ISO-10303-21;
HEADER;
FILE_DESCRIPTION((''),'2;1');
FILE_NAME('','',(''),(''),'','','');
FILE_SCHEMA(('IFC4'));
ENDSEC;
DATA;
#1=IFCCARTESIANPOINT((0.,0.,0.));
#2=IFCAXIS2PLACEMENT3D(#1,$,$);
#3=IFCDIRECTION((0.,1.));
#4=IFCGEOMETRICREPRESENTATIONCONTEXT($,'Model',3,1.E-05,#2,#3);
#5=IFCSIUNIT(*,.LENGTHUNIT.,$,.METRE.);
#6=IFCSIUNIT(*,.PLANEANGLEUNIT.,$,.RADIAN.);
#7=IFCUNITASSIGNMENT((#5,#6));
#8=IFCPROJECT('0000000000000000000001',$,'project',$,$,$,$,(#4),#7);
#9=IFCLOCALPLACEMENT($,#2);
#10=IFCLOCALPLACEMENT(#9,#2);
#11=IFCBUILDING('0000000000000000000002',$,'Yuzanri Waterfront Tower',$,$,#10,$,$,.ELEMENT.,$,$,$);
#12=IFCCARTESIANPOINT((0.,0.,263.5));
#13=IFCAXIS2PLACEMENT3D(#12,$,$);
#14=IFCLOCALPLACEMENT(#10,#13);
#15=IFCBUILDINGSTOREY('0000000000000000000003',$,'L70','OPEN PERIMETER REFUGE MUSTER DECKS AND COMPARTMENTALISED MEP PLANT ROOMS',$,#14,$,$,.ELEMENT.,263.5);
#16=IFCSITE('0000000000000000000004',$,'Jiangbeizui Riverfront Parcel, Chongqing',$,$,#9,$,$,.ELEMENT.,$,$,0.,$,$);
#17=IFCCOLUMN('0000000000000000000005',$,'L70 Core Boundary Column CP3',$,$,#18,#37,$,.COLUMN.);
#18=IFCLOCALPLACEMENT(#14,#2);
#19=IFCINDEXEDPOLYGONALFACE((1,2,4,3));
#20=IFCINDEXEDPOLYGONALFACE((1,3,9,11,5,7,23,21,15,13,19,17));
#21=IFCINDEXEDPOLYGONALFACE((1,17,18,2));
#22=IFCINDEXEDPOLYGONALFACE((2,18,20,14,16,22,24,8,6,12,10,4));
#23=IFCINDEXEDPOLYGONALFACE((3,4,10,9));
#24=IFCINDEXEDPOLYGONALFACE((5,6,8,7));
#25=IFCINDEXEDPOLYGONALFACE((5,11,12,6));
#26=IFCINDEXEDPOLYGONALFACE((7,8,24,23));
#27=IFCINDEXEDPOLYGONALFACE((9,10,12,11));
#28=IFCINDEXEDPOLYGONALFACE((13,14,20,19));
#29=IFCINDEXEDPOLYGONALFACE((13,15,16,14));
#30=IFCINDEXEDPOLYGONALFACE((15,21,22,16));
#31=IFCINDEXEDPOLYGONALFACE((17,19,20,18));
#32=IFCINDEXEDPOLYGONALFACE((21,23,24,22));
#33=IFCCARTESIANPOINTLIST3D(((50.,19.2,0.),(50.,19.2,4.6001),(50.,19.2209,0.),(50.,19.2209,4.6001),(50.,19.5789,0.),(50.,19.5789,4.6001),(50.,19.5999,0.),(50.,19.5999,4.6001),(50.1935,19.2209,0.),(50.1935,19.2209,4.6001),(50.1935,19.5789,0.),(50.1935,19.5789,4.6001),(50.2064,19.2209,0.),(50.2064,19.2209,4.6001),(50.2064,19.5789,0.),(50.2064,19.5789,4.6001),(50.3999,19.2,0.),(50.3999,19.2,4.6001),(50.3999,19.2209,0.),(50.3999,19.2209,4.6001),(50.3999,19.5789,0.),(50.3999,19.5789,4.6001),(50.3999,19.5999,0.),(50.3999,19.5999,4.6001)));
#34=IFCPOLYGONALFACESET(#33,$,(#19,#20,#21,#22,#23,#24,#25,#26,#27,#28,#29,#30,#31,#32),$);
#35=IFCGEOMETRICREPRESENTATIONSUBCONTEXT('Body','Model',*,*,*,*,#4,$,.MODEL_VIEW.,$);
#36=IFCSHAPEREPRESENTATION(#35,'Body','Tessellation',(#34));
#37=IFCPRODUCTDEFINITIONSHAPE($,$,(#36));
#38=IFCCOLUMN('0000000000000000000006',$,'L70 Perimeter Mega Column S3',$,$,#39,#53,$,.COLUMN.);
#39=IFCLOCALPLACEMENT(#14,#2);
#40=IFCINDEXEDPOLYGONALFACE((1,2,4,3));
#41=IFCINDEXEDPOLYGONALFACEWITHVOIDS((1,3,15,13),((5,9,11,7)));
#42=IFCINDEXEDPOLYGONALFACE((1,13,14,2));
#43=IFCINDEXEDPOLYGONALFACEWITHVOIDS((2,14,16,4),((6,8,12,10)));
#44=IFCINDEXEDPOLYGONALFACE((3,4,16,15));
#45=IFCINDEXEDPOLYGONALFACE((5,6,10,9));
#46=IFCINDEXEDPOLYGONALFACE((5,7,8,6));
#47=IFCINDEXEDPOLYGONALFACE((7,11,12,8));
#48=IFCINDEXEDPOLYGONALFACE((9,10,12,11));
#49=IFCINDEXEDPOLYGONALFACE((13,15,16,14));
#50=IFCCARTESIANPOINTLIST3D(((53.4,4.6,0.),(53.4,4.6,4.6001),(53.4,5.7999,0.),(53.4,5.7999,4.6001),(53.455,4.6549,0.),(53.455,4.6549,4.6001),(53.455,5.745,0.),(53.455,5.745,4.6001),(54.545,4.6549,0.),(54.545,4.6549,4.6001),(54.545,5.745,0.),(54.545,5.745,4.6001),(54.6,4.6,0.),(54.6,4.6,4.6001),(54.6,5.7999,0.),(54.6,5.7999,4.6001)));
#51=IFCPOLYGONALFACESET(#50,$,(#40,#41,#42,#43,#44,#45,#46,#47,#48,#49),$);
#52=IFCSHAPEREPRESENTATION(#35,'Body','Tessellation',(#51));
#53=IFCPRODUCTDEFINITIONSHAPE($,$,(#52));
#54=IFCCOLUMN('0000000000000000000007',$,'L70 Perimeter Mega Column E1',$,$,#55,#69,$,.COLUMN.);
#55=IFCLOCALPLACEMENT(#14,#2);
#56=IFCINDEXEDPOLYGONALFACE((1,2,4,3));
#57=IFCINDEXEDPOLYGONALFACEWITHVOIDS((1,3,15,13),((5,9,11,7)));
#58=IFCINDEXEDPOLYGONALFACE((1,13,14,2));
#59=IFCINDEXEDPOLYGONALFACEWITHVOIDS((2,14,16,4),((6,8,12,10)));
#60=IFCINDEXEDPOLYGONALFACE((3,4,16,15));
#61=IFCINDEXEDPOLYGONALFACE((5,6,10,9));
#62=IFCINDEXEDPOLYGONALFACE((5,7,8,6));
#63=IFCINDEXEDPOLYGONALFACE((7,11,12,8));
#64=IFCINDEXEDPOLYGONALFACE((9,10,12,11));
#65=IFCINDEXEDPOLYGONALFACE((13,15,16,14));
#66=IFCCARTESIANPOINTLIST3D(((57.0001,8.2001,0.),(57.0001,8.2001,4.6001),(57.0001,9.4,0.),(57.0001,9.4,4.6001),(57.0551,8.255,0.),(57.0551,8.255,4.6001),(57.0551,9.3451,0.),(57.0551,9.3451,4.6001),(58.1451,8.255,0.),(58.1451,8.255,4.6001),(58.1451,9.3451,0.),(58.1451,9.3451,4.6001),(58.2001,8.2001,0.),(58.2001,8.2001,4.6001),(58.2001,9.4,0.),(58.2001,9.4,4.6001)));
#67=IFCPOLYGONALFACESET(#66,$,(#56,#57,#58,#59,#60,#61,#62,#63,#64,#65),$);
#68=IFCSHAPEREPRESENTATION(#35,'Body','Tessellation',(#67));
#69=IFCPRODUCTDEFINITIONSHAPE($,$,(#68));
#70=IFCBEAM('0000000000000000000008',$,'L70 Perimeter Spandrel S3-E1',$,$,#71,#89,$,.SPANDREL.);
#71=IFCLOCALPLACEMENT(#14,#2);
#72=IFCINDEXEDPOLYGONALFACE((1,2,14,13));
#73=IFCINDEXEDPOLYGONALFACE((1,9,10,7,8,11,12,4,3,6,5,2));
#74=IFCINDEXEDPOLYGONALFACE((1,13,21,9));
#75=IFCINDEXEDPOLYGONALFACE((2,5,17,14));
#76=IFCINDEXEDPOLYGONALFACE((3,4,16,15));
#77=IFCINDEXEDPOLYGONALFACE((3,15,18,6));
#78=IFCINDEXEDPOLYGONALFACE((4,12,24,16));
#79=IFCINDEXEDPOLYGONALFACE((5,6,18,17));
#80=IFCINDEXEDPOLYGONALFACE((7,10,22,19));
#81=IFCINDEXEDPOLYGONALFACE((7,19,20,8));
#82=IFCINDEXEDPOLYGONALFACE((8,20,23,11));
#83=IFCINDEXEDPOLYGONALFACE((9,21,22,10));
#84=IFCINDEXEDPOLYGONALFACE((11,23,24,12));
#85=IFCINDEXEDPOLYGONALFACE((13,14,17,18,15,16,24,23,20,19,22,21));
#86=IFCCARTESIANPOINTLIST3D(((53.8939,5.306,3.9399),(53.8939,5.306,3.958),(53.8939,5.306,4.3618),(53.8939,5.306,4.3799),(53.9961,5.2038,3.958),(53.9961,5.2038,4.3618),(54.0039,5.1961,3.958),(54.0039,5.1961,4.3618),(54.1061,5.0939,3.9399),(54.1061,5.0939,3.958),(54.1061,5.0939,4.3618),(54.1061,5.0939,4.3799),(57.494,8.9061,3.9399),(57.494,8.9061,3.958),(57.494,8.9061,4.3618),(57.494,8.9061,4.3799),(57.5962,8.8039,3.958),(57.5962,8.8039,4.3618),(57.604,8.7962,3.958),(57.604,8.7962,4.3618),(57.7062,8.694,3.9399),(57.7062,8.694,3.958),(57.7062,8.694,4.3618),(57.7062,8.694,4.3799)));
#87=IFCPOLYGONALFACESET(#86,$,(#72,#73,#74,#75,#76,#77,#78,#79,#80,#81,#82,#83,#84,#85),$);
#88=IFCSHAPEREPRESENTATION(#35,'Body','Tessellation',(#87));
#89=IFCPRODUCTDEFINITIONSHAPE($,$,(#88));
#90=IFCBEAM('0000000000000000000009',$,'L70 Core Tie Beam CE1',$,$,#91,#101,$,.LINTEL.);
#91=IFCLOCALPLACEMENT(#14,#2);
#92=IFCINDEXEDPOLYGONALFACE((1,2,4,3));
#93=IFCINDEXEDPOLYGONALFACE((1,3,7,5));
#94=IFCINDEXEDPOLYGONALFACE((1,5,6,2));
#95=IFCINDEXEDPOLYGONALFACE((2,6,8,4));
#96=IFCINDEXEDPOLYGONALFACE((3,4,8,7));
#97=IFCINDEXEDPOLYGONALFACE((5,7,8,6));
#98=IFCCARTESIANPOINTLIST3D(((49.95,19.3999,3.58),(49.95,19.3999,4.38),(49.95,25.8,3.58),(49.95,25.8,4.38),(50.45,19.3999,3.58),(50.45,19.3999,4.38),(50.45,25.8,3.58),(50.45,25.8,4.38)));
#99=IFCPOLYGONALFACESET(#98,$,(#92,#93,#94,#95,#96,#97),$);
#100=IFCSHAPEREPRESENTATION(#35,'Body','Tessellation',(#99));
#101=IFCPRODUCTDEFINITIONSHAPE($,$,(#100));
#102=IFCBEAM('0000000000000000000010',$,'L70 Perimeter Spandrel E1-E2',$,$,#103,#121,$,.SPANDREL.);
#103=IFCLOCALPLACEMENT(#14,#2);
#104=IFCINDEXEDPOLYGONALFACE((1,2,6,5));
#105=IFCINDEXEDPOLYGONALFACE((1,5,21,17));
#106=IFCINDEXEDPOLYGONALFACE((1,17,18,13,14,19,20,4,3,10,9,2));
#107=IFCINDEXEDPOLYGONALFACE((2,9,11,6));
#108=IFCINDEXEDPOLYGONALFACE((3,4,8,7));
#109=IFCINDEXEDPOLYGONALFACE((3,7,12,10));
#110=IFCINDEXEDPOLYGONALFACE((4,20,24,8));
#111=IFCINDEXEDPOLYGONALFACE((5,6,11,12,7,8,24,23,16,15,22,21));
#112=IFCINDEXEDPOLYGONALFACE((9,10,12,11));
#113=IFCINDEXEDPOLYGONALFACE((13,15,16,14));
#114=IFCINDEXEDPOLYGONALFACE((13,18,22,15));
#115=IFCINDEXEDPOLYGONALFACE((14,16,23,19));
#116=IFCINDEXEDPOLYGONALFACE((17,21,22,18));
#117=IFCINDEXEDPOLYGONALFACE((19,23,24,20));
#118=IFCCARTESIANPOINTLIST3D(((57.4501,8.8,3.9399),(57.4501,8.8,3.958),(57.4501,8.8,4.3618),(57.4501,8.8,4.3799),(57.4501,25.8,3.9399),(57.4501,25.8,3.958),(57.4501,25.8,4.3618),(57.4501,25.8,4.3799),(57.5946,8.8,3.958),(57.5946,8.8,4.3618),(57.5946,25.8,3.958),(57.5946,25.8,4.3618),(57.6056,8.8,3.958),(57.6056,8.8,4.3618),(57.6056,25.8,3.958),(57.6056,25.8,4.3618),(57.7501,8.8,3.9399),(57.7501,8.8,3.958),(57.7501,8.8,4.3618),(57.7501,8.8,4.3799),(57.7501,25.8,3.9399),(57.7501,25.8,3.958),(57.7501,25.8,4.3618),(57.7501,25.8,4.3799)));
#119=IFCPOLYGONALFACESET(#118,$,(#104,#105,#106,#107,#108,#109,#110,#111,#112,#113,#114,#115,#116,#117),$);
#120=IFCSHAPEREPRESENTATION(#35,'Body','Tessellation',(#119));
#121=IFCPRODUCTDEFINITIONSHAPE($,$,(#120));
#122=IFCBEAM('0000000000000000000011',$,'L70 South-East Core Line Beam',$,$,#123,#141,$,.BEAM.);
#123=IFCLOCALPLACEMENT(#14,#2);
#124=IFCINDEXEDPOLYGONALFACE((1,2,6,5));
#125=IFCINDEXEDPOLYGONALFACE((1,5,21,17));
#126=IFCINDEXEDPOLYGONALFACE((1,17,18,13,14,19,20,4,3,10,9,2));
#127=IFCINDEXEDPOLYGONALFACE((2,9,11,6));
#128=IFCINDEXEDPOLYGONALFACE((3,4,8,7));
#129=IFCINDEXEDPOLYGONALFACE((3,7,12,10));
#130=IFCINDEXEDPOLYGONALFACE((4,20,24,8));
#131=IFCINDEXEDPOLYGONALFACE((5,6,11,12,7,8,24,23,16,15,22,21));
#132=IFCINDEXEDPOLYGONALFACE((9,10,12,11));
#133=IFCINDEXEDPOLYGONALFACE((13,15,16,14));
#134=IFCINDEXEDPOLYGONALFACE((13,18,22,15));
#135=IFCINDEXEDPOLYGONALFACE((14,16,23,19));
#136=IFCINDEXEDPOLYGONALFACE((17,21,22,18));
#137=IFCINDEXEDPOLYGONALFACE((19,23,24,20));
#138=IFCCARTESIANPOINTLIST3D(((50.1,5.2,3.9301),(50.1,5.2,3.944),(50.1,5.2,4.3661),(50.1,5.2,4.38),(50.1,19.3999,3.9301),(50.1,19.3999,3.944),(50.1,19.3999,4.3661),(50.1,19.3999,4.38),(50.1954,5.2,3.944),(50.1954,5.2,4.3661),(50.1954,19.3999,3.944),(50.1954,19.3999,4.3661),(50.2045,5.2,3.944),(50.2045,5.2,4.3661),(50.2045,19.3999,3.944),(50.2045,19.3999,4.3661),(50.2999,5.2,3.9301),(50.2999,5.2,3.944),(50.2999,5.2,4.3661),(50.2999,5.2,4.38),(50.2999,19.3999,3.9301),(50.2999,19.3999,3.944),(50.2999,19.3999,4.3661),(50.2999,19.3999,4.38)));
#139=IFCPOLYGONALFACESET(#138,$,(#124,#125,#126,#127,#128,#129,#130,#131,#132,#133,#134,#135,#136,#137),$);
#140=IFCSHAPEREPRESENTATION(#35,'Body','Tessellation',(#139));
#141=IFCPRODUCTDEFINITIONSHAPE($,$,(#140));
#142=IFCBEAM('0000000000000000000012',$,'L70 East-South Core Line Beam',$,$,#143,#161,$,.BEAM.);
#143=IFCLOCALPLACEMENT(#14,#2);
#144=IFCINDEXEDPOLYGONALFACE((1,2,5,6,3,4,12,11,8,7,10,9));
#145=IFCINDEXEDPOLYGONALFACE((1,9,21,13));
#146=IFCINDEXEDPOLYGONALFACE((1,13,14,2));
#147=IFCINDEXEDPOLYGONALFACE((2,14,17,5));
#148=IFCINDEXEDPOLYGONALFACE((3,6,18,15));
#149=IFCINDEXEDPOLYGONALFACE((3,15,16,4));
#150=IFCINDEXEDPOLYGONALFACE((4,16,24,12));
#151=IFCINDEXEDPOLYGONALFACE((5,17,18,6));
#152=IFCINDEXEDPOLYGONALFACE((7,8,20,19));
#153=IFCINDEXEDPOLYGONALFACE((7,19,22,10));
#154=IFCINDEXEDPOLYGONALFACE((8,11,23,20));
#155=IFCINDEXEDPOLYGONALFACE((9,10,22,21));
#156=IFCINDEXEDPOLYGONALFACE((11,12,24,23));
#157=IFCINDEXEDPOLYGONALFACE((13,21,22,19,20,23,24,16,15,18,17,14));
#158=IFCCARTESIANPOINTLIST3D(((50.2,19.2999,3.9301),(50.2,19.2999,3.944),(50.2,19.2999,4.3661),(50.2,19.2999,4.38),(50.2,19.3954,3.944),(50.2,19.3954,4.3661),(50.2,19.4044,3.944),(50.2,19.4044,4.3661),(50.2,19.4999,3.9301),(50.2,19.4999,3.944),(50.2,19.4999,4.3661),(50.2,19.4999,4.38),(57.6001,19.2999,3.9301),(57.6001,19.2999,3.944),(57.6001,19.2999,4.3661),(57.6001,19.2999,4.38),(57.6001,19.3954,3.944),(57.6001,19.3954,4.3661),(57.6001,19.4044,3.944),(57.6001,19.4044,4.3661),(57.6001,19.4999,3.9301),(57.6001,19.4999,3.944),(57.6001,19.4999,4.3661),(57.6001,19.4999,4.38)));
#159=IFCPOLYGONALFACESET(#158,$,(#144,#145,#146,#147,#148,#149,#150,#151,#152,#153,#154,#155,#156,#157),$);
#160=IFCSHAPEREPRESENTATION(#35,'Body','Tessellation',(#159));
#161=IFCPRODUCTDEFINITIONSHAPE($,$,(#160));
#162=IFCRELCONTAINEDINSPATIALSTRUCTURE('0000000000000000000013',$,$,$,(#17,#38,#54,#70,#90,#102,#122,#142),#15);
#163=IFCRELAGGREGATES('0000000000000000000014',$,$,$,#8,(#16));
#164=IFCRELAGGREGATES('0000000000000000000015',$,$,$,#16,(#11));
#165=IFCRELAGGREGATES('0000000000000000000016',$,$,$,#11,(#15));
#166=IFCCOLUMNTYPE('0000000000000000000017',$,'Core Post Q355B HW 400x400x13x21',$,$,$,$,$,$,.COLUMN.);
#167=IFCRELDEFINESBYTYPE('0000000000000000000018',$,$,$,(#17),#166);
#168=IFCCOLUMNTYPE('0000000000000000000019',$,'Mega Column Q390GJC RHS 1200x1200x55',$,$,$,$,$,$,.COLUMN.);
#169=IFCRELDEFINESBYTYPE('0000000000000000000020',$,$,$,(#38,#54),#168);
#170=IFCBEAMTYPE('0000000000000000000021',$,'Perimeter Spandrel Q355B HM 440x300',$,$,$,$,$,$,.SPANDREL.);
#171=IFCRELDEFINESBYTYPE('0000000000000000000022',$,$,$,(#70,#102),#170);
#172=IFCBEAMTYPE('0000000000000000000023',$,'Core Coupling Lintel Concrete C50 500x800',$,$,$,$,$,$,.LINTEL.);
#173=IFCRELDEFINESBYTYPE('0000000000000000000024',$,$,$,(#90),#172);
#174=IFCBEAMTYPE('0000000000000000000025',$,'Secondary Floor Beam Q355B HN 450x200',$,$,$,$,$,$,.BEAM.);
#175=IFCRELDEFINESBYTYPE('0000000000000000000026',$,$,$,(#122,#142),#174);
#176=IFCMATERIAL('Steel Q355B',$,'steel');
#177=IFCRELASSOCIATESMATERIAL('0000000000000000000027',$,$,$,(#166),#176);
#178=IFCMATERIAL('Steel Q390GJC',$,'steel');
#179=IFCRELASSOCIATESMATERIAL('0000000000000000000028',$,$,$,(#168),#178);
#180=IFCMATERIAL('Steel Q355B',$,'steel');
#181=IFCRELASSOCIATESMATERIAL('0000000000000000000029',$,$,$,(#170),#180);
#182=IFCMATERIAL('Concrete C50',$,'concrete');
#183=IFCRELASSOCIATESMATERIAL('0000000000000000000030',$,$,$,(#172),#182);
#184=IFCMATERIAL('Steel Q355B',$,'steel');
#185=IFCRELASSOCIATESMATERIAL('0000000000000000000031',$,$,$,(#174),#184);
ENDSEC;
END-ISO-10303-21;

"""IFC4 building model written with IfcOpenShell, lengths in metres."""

from ifc_helpers import new_model, si_unit, direction, frame, origin, origin_2d, place, context, subcontext, project, spatial, rectangle, hollow_rectangle, i_section, extrude, source, transform, mapped, material, material_profile, profile_set, type_object, element, save


model = new_model("IFC4")

# Units and contexts
model_context = context("Model", 3, precision=1e-05, world=origin(), true_north=direction((0.0, 1.0)))
body_context = subcontext(model_context, "Body", "Model", "MODEL_VIEW")
ifc_project = project(units=[si_unit("LENGTHUNIT", "METRE"), si_unit("PLANEANGLEUNIT", "RADIAN")], contexts=[model_context])

# Site, building, storey
site_placement = place(None, origin())
site = spatial("IfcSite", under=ifc_project, at=site_placement, Name="Jiangbeizui Riverfront Parcel, Chongqing", CompositionType="ELEMENT", RefElevation=0.0)
building_placement = place(site_placement, origin())
building = spatial("IfcBuilding", under=site, at=building_placement, Name="Yuzanri Waterfront Tower", CompositionType="ELEMENT")
storey_placement = place(building_placement, frame((0.0, 0.0, 263.5)))
storey = spatial("IfcBuildingStorey", under=building, at=storey_placement, Name="L70", Description="OPEN PERIMETER REFUGE MUSTER DECKS AND COMPARTMENTALISED MEP PLANT ROOMS", CompositionType="ELEMENT", Elevation=263.5)

# Columns
ifc_material_1 = material(Name="Steel Q355B", Category="steel")
ifc_material_profile_1 = material_profile(ifc_material_1, i_section(OverallWidth=0.3999, OverallDepth=0.3999, WebThickness=0.0129, FlangeThickness=0.021, at=origin_2d()), Name="HW 400x400x13x21")
ifc_profile_set_1 = profile_set([ifc_material_profile_1], Name="Steel Q355B")
column_type_1 = type_object("IfcColumnType", Name="Core Post Q355B HW 400x400x13x21", PredefinedType="COLUMN", material=ifc_profile_set_1)
shared_shape_1 = source(origin(), body_context, "Body", "SweptSolid", [
    extrude(i_section(OverallWidth=0.3999, OverallDepth=0.3999, WebThickness=0.0129, FlangeThickness=0.021, at=origin_2d()), origin(), (0.0, 0.0, 1.0), 4.6001),
])
column_placement = place(storey_placement, frame((50.2, 19.3999, 0.0), z_axis=(0.0, 0.0, 1.0), x_axis=(1.0, 0.0, 0.0)))
element("IfcColumn", 1, at=column_placement, inside=storey, type_object=column_type_1, Name="L70 Core Boundary Column CP3", PredefinedType="COLUMN", context=body_context, shape_type="MappedRepresentation", body=[
    mapped(shared_shape_1, transform((0.0, 0.0, 0.0), scale=1.0)),
])
ifc_material_2 = material(Name="Steel Q390GJC", Category="steel")
ifc_material_profile_2 = material_profile(ifc_material_2, hollow_rectangle(XDim=1.2, YDim=1.2, WallThickness=0.0549, at=origin_2d()), Name="RHS 1200x1200x55")
ifc_profile_set_2 = profile_set([ifc_material_profile_2], Name="Steel Q390GJC")
column_type_2 = type_object("IfcColumnType", Name="Mega Column Q390GJC RHS 1200x1200x55", PredefinedType="COLUMN", material=ifc_profile_set_2)
shared_shape_2 = source(origin(), body_context, "Body", "SweptSolid", [
    extrude(hollow_rectangle(XDim=1.2, YDim=1.2, WallThickness=0.0549, at=origin_2d()), origin(), (0.0, 0.0, 1.0), 4.6001),
])
for number, where, z_axis, x_axis, name in (
    (2, (54.0, 5.2, 0.0), (0.0, 0.0, 1.0), (1.0, 0.0, 0.0), "L70 Perimeter Mega Column S3"),
    (3, (57.6001, 8.8, 0.0), (0.0, 0.0, 1.0), (1.0, 0.0, 0.0), "L70 Perimeter Mega Column E1"),
):
    element("IfcColumn", number, at=place(storey_placement, frame(where, z_axis=z_axis, x_axis=x_axis)), inside=storey, type_object=column_type_2, Name=name, PredefinedType="COLUMN", context=body_context, shape_type="MappedRepresentation", body=[
        mapped(shared_shape_2, transform((0.0, 0.0, 0.0), scale=1.0)),
    ])

# Beams
ifc_material_3 = material(Name="Steel Q355B", Category="steel")
ifc_material_profile_3 = material_profile(ifc_material_3, i_section(OverallWidth=0.3, OverallDepth=0.4399, WebThickness=0.011, FlangeThickness=0.0181, at=origin_2d()), Name="HM 440x300x11x18")
ifc_profile_set_3 = profile_set([ifc_material_profile_3], Name="Steel Q355B")
beam_type_1 = type_object("IfcBeamType", Name="Perimeter Spandrel Q355B HM 440x300", PredefinedType="SPANDREL", material=ifc_profile_set_3)
shared_shape_3 = source(origin(), body_context, "Body", "SweptSolid", [
    extrude(i_section(OverallWidth=0.3, OverallDepth=0.4399, WebThickness=0.011, FlangeThickness=0.0181, at=origin_2d()), origin(), (0.0, 0.0, 1.0), 5.0913),
])
beam_1_placement = place(storey_placement, frame((54.0, 5.2, 4.1599), z_axis=(0.707107, 0.707107, 0.0), x_axis=(-0.707107, 0.707107, 0.0)))
element("IfcBeam", 4, at=beam_1_placement, inside=storey, type_object=beam_type_1, Name="L70 Perimeter Spandrel S3-E1", PredefinedType="SPANDREL", context=body_context, shape_type="MappedRepresentation", body=[
    mapped(shared_shape_3, transform((0.0, 0.0, 0.0), scale=1.0)),
])
ifc_material_4 = material(Name="Concrete C50", Category="concrete")
ifc_material_profile_4 = material_profile(ifc_material_4, rectangle(XDim=0.5, YDim=0.8, at=origin_2d()), Name="RC 500x800")
ifc_profile_set_4 = profile_set([ifc_material_profile_4], Name="Concrete C50")
beam_type_2 = type_object("IfcBeamType", Name="Core Coupling Lintel Concrete C50 500x800", PredefinedType="LINTEL", material=ifc_profile_set_4)
shared_shape_4 = source(origin(), body_context, "Body", "SweptSolid", [
    extrude(rectangle(XDim=0.5, YDim=0.8, at=origin_2d()), origin(), (0.0, 0.0, 1.0), 6.4001),
])
beam_2_placement = place(storey_placement, frame((50.2, 19.3999, 3.98), z_axis=(0.0, 1.0, 0.0), x_axis=(-1.0, 0.0, 0.0)))
element("IfcBeam", 5, at=beam_2_placement, inside=storey, type_object=beam_type_2, Name="L70 Core Tie Beam CE1", PredefinedType="LINTEL", context=body_context, shape_type="MappedRepresentation", body=[
    mapped(shared_shape_4, transform((0.0, 0.0, 0.0), scale=1.0)),
])
shared_shape_5 = source(origin(), body_context, "Body", "SweptSolid", [
    extrude(i_section(OverallWidth=0.3, OverallDepth=0.4399, WebThickness=0.011, FlangeThickness=0.0181, at=origin_2d()), origin(), (0.0, 0.0, 1.0), 17.0),
])
beam_3_placement = place(storey_placement, frame((57.6001, 8.8, 4.1599), z_axis=(0.0, 1.0, 0.0), x_axis=(-1.0, 0.0, 0.0)))
element("IfcBeam", 6, at=beam_3_placement, inside=storey, type_object=beam_type_1, Name="L70 Perimeter Spandrel E1-E2", PredefinedType="SPANDREL", context=body_context, shape_type="MappedRepresentation", body=[
    mapped(shared_shape_5, transform((0.0, 0.0, 0.0), scale=1.0)),
])
ifc_material_5 = material(Name="Steel Q355B", Category="steel")
ifc_material_profile_5 = material_profile(ifc_material_5, i_section(OverallWidth=0.2, OverallDepth=0.45, WebThickness=0.009, FlangeThickness=0.0139, at=origin_2d()), Name="HN 450x200x9x14")
ifc_profile_set_5 = profile_set([ifc_material_profile_5], Name="Steel Q355B")
beam_type_3 = type_object("IfcBeamType", Name="Secondary Floor Beam Q355B HN 450x200", PredefinedType="BEAM", material=ifc_profile_set_5)
shared_shape_6 = source(origin(), body_context, "Body", "SweptSolid", [
    extrude(i_section(OverallWidth=0.2, OverallDepth=0.45, WebThickness=0.009, FlangeThickness=0.0139, at=origin_2d()), origin(), (0.0, 0.0, 1.0), 14.2),
])
beam_4_placement = place(storey_placement, frame((50.2, 19.3999, 4.155), z_axis=(0.0, -1.0, 0.0), x_axis=(1.0, 0.0, 0.0)))
element("IfcBeam", 7, at=beam_4_placement, inside=storey, type_object=beam_type_3, Name="L70 South-East Core Line Beam", PredefinedType="BEAM", context=body_context, shape_type="MappedRepresentation", body=[
    mapped(shared_shape_6, transform((0.0, 0.0, 0.0), scale=1.0)),
])
shared_shape_7 = source(origin(), body_context, "Body", "SweptSolid", [
    extrude(i_section(OverallWidth=0.2, OverallDepth=0.45, WebThickness=0.009, FlangeThickness=0.0139, at=origin_2d()), origin(), (0.0, 0.0, 1.0), 7.4001),
])
beam_5_placement = place(storey_placement, frame((50.2, 19.3999, 4.155), z_axis=(1.0, 0.0, 0.0), x_axis=(0.0, 1.0, 0.0)))
element("IfcBeam", 8, at=beam_5_placement, inside=storey, type_object=beam_type_3, Name="L70 East-South Core Line Beam", PredefinedType="BEAM", context=body_context, shape_type="MappedRepresentation", body=[
    mapped(shared_shape_7, transform((0.0, 0.0, 0.0), scale=1.0)),
])

save(model, "model.ifc")
